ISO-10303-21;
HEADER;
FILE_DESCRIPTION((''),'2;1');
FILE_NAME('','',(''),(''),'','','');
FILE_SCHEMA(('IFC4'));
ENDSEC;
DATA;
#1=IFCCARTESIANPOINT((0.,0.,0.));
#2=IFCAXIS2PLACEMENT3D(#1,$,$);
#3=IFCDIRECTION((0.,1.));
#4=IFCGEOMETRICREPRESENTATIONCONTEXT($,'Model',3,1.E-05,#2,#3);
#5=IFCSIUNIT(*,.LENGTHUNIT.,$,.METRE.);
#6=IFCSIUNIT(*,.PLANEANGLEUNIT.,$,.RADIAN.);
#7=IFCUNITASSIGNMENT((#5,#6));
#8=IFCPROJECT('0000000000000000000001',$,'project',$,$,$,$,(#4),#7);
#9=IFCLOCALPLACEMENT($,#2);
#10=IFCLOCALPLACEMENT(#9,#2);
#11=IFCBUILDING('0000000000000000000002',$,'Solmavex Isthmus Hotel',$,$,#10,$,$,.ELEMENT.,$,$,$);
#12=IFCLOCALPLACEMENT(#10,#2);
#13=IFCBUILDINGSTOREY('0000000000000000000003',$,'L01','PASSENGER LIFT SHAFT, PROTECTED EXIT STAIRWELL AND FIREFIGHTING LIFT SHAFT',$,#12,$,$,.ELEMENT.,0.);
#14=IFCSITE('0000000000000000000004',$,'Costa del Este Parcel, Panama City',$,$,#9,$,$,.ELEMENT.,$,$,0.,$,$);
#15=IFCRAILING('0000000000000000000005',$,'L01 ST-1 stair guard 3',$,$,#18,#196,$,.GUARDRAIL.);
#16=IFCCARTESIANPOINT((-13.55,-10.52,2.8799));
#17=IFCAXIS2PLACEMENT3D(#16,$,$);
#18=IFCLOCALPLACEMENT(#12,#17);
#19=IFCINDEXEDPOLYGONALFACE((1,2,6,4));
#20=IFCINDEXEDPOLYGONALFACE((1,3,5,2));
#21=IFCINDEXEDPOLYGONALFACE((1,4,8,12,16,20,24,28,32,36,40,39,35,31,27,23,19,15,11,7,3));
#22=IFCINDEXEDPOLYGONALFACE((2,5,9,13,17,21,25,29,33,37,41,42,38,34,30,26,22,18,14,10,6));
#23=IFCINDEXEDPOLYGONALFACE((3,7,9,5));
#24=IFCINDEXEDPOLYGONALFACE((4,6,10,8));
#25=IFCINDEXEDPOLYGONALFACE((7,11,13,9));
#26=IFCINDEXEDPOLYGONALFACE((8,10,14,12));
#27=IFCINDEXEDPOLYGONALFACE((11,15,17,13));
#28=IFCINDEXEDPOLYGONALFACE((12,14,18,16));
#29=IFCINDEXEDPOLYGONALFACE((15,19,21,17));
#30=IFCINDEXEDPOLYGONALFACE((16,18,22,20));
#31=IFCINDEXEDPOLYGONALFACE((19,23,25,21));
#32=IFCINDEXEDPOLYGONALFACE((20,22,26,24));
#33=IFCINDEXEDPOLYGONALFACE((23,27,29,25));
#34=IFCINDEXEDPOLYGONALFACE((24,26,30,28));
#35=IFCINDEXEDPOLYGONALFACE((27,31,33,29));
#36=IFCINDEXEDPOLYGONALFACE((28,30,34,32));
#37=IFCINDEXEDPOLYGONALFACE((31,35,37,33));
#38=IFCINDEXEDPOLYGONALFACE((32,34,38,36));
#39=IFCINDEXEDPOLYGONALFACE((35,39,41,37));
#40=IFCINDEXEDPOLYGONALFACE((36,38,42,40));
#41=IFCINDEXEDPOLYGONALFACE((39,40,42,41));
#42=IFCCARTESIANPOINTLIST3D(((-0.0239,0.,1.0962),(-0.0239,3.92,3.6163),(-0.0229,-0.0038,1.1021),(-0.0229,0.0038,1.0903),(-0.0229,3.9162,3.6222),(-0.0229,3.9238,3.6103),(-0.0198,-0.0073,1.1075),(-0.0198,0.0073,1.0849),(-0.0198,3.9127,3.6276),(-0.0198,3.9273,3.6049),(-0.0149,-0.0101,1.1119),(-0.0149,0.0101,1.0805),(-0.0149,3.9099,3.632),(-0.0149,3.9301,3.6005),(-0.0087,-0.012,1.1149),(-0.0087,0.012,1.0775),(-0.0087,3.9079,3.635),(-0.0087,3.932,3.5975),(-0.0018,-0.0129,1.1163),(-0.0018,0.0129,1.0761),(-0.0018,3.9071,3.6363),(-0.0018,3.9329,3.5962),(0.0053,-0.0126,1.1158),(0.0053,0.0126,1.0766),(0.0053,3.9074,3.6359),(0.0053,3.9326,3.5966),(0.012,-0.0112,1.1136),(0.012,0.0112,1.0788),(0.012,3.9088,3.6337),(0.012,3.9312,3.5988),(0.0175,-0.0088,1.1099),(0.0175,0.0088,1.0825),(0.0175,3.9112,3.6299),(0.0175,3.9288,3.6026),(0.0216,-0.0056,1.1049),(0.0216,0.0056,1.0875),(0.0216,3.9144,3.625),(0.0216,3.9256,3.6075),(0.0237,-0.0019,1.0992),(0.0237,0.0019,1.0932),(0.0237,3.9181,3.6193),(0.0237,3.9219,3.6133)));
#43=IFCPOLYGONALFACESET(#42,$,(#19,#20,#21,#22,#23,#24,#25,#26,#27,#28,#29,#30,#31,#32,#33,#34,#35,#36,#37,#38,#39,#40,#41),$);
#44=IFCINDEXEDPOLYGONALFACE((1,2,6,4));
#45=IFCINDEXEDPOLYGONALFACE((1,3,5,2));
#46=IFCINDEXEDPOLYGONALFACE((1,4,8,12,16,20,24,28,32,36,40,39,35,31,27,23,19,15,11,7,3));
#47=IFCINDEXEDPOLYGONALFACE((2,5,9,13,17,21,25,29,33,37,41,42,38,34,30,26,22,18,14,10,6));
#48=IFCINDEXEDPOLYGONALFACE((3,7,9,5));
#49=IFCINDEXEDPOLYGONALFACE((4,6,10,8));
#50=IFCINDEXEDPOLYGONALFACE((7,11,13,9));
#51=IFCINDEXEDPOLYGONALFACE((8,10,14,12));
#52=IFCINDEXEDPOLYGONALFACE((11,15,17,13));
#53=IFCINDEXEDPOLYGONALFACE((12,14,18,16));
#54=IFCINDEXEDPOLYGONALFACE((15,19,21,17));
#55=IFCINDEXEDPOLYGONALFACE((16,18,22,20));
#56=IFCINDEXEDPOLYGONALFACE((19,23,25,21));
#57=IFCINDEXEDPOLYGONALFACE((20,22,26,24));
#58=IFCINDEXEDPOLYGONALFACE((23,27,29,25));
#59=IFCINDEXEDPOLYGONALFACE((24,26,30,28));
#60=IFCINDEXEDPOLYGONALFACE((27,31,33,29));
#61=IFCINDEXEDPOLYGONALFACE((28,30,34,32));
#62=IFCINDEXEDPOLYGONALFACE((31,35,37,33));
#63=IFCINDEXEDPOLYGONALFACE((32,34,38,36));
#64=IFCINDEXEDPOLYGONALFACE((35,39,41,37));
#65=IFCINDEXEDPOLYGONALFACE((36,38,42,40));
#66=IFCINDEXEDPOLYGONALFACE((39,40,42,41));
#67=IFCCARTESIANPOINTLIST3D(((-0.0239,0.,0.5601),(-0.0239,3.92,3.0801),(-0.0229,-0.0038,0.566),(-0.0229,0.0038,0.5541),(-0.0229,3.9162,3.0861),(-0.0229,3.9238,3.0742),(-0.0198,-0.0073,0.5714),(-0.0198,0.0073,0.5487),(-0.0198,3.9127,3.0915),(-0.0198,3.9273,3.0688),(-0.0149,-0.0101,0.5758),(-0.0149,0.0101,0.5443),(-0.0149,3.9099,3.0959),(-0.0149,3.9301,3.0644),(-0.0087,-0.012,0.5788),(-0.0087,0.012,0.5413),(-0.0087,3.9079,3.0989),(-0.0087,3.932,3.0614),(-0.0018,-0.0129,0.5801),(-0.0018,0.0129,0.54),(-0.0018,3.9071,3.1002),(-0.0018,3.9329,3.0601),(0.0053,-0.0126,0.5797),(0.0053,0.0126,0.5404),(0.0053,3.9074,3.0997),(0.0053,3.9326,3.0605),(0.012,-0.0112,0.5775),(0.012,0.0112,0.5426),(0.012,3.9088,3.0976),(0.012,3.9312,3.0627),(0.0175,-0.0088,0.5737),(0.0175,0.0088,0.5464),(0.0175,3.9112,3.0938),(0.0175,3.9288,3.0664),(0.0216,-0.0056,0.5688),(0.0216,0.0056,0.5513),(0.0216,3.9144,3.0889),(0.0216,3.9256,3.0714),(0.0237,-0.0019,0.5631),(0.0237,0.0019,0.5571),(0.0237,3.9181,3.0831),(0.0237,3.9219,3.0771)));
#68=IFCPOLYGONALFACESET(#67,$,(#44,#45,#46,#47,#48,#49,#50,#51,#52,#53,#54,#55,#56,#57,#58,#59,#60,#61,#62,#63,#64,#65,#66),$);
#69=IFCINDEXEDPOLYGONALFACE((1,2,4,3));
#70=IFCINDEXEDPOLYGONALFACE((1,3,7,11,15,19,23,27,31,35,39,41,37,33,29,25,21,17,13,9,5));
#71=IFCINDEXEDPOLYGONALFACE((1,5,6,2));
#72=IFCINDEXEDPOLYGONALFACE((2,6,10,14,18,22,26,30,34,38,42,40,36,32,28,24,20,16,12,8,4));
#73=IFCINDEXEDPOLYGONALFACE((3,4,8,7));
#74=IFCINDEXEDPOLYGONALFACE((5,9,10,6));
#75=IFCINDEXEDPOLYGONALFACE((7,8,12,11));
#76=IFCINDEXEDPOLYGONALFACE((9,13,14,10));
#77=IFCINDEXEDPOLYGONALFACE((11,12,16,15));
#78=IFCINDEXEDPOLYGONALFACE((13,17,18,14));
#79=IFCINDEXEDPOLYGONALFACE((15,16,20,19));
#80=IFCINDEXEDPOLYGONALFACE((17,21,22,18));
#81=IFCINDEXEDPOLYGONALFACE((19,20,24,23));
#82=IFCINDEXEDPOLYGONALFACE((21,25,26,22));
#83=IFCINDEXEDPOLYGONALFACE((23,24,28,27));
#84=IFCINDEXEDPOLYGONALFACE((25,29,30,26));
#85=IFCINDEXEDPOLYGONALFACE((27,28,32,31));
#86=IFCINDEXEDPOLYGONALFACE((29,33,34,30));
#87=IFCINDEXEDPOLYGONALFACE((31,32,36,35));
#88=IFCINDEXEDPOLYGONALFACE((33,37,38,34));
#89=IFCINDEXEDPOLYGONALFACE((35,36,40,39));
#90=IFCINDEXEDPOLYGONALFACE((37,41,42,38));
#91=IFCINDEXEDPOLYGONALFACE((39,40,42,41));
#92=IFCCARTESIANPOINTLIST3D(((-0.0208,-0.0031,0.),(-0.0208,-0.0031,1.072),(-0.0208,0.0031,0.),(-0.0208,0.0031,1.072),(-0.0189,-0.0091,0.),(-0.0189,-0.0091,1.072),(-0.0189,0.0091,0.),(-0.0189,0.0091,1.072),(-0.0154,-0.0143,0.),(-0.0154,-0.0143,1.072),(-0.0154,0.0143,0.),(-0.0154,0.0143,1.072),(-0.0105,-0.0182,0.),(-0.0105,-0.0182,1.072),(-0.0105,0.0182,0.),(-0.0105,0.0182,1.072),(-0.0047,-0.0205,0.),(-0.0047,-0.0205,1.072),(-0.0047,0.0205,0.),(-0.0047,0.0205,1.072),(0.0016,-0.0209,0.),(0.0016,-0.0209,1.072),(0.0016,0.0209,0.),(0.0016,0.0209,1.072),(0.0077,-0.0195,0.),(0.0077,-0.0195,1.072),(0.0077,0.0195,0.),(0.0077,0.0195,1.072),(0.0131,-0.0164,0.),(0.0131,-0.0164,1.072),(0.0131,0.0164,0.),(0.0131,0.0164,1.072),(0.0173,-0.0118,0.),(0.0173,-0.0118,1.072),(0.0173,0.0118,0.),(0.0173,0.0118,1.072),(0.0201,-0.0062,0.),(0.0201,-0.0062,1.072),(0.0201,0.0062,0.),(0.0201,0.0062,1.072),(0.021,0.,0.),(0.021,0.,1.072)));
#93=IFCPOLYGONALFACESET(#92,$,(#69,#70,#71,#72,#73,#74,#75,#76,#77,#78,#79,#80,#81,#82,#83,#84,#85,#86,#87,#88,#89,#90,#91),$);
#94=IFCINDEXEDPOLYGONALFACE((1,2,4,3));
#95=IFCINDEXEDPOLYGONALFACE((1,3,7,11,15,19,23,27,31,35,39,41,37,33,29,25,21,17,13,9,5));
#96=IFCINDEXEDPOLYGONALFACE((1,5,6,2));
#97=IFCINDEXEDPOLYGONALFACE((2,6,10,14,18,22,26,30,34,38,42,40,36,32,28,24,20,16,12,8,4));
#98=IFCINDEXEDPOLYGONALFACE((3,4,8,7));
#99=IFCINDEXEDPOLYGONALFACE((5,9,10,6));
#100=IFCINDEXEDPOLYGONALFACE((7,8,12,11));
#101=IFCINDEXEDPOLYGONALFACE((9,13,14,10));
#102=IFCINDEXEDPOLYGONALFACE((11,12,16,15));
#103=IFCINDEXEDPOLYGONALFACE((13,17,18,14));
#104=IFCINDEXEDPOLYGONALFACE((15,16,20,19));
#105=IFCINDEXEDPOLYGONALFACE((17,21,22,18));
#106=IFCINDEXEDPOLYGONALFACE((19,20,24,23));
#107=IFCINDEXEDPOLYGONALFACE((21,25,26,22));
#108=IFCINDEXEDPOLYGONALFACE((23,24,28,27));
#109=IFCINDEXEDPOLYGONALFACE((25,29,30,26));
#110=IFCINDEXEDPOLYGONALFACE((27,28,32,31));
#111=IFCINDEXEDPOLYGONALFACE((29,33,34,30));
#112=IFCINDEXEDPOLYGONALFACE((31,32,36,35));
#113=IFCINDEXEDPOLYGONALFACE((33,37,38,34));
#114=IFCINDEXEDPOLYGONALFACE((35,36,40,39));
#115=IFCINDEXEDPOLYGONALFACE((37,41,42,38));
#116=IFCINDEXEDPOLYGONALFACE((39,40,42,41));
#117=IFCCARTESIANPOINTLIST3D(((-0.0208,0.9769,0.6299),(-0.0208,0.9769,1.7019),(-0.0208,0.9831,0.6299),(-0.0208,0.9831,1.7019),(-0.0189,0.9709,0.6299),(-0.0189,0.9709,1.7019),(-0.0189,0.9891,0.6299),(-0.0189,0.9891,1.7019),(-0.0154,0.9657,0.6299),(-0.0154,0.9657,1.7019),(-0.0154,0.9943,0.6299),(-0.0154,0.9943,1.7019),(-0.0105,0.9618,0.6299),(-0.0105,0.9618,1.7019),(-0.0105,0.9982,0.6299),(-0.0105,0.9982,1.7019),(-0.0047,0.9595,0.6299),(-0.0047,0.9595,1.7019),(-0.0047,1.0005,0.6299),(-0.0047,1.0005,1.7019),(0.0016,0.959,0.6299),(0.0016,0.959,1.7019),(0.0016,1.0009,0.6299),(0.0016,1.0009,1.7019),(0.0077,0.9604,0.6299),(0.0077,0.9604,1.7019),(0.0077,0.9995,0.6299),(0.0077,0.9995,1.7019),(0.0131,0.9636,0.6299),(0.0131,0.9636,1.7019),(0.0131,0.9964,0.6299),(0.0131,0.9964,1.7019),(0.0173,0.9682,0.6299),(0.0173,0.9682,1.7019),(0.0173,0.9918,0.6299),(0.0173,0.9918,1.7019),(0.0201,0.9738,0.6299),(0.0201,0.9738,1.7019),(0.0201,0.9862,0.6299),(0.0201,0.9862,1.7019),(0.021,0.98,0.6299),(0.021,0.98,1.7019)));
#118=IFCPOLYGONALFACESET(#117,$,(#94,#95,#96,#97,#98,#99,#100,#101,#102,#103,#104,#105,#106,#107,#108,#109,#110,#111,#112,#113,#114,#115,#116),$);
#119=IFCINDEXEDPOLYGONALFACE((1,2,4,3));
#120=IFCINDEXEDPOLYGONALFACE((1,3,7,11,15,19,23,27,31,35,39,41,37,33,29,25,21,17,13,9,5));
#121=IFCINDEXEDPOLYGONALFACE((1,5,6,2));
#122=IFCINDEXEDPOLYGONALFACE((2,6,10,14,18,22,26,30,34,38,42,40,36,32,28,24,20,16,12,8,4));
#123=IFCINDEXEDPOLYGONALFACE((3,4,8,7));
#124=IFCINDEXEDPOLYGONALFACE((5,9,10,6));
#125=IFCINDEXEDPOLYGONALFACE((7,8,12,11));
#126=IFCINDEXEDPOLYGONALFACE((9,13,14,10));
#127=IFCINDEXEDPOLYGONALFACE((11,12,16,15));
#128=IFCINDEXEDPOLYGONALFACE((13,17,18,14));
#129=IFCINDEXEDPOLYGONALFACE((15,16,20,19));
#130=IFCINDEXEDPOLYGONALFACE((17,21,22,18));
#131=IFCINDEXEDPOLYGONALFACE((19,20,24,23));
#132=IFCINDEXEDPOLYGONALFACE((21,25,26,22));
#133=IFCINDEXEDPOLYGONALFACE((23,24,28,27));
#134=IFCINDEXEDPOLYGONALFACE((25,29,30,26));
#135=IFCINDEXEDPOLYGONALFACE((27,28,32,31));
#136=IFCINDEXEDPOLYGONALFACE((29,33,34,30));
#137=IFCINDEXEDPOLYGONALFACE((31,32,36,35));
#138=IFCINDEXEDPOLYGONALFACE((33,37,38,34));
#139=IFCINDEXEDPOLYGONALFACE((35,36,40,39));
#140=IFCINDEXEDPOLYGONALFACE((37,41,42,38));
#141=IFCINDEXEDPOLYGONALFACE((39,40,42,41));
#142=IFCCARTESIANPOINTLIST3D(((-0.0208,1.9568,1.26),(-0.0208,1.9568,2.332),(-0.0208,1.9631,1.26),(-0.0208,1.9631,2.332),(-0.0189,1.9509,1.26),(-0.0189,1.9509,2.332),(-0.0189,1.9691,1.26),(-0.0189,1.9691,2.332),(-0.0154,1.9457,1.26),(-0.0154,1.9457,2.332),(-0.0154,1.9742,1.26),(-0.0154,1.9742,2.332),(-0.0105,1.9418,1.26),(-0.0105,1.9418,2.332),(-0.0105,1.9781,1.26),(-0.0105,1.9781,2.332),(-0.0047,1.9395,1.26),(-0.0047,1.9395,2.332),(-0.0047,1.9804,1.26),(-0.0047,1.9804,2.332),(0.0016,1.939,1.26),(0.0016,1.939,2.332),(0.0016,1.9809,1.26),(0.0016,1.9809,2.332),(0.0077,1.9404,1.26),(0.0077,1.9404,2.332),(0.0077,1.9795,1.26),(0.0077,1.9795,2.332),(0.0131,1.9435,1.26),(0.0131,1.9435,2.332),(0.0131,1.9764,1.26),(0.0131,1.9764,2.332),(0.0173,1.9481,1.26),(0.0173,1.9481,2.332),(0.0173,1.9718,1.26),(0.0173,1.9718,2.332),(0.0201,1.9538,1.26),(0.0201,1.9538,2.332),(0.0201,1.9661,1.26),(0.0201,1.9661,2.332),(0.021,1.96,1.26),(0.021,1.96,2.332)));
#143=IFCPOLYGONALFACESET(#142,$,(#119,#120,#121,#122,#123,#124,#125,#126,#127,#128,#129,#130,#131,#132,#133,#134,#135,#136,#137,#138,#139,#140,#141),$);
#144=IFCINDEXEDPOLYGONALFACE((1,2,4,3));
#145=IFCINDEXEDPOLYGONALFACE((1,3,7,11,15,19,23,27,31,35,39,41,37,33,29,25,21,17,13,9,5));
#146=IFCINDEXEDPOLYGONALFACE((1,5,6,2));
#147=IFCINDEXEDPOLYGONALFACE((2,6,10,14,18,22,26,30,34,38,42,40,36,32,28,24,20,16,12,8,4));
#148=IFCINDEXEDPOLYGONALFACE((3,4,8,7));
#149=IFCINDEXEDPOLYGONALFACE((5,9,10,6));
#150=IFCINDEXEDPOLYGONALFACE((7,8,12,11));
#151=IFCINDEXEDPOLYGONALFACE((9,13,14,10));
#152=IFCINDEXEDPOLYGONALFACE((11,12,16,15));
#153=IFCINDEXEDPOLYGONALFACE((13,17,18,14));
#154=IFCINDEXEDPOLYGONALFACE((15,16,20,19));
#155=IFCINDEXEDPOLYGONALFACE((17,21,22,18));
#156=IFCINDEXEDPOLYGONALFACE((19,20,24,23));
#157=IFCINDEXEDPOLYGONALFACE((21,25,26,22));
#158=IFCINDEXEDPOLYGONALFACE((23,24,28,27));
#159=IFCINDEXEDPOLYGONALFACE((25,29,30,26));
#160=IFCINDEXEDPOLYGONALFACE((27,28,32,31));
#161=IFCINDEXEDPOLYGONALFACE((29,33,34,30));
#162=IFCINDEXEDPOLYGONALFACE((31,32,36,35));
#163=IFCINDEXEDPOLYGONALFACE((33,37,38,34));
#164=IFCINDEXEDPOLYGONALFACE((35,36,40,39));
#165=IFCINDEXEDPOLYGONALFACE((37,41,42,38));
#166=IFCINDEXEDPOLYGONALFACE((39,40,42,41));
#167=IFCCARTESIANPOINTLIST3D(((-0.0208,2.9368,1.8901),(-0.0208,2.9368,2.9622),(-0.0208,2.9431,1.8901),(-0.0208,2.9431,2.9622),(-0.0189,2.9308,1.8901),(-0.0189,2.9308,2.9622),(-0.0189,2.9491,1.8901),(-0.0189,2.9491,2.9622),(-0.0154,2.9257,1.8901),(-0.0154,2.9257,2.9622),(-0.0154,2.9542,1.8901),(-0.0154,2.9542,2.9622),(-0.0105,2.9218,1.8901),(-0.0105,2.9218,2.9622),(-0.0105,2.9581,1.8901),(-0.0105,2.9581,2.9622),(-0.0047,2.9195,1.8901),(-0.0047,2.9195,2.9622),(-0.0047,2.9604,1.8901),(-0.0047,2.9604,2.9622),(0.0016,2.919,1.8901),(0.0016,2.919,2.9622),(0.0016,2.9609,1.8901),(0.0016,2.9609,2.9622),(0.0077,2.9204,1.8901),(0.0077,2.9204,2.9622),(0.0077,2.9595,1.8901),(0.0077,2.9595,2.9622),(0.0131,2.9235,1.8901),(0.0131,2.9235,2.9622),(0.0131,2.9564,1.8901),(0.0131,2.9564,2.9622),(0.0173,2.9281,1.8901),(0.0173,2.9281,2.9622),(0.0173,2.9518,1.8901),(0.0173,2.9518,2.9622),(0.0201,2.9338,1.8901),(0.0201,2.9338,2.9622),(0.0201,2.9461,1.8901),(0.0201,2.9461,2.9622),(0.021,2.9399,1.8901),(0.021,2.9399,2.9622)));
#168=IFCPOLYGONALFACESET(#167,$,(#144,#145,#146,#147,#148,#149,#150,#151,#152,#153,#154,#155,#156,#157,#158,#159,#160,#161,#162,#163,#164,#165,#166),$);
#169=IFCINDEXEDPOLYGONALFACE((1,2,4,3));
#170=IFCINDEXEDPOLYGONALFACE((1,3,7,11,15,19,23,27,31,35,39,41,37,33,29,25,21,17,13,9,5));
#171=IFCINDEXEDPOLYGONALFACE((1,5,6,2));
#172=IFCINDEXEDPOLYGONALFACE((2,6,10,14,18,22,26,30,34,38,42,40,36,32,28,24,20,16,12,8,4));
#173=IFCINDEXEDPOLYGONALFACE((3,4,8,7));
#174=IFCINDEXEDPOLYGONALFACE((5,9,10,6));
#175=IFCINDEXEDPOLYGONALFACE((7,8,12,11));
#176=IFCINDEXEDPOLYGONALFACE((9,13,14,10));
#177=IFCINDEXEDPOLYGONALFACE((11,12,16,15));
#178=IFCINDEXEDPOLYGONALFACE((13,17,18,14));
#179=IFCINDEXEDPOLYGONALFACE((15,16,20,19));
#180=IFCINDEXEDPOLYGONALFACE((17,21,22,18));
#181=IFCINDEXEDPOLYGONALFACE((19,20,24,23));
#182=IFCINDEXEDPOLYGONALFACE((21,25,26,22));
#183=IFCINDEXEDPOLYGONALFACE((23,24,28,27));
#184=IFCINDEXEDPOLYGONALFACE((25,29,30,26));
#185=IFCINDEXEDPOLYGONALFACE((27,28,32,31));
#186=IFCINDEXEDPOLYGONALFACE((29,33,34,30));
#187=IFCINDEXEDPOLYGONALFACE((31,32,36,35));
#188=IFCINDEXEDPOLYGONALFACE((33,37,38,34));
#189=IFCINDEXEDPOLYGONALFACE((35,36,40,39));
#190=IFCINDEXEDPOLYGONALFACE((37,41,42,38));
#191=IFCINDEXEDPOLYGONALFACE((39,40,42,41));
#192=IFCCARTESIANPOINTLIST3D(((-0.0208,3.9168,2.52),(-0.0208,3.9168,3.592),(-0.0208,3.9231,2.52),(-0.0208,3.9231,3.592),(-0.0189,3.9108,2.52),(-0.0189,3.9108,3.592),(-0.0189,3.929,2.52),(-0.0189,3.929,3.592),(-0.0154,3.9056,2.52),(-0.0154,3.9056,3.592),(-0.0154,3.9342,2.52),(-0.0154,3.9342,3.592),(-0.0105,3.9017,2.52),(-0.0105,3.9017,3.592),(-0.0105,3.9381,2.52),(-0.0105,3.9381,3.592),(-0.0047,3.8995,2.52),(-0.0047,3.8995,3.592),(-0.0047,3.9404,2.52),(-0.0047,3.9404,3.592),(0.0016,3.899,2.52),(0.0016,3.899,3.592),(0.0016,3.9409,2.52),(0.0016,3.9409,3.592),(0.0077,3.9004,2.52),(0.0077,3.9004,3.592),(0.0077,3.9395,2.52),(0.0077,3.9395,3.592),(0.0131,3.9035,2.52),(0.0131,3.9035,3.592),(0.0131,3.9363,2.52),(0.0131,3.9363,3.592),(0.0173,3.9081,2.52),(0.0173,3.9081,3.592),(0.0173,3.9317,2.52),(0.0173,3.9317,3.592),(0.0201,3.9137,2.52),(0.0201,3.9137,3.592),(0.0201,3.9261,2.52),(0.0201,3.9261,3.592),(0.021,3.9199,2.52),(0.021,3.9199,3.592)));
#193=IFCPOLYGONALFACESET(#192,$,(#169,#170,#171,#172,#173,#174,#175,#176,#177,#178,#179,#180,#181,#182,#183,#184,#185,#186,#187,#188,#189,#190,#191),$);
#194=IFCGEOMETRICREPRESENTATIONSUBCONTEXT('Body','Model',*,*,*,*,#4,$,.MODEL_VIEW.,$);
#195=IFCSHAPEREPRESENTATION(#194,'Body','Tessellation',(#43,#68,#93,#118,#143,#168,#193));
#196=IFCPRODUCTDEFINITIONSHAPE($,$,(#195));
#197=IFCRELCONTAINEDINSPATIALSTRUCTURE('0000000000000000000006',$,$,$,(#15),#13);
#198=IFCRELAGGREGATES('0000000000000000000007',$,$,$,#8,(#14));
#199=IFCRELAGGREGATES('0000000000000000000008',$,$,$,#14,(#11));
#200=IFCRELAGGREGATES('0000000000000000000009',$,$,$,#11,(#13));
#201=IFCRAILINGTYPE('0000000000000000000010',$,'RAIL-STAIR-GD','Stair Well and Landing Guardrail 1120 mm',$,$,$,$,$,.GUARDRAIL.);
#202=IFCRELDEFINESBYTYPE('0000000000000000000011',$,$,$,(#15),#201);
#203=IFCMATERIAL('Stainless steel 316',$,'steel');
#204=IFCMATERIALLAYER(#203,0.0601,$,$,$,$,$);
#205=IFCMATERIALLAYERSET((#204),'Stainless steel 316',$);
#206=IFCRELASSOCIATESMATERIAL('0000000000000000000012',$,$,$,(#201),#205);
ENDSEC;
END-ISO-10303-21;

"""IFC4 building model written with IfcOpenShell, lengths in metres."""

from ifc_helpers import new_model, si_unit, direction, frame, origin, origin_2d, place, context, subcontext, project, spatial, circle, extrude, material, layer, layer_set, type_object, element, save


model = new_model("IFC4")

# Units and contexts
model_context = context("Model", 3, precision=1e-05, world=origin(), true_north=direction((0.0, 1.0)))
body_context = subcontext(model_context, "Body", "Model", "MODEL_VIEW")
ifc_project = project(units=[si_unit("LENGTHUNIT", "METRE"), si_unit("PLANEANGLEUNIT", "RADIAN")], contexts=[model_context])

# Site, building, storey
site_placement = place(None, origin())
site = spatial("IfcSite", under=ifc_project, at=site_placement, Name="Costa del Este Parcel, Panama City", CompositionType="ELEMENT", RefElevation=0.0)
building_placement = place(site_placement, origin())
building = spatial("IfcBuilding", under=site, at=building_placement, Name="Solmavex Isthmus Hotel", CompositionType="ELEMENT")
storey_placement = place(building_placement, origin())
storey = spatial("IfcBuildingStorey", under=building, at=storey_placement, Name="L01", Description="PASSENGER LIFT SHAFT, PROTECTED EXIT STAIRWELL AND FIREFIGHTING LIFT SHAFT", CompositionType="ELEMENT", Elevation=0.0)

# Shared definitions
ifc_material_1 = material(Name="Stainless steel 316", Category="steel")

# Railing
ifc_layer_1 = layer(ifc_material_1, 0.0601)
ifc_layer_set_1 = layer_set([ifc_layer_1], Name="Stainless steel 316")
railing_type_1 = type_object("IfcRailingType", Name="RAIL-STAIR-GD", Description="Stair Well and Landing Guardrail 1120 mm", PredefinedType="GUARDRAIL", material=ifc_layer_set_1)
railing_1_placement = place(storey_placement, frame((-13.55, -10.52, 2.8799)))
element("IfcRailing", 1, at=railing_1_placement, inside=storey, type_object=railing_type_1, Name="L01 ST-1 stair guard 3", PredefinedType="GUARDRAIL", context=body_context, shape_type="SweptSolid", body=[
    extrude(circle(Radius=0.0239, at=origin_2d()), frame((0.0, 0.0, 1.0962), z_axis=(0.0, 0.841172, 0.540768), x_axis=(-1.0, 0.0, 0.0)), (0.0, 0.0, 1.0), 4.6602),
    extrude(circle(Radius=0.0239, at=origin_2d()), frame((0.0, 0.0, 0.5601), z_axis=(0.0, 0.841172, 0.540768), x_axis=(-1.0, 0.0, 0.0)), (0.0, 0.0, 1.0), 4.6602),
    extrude(circle(Radius=0.021, at=origin_2d()), origin(), (0.0, 0.0, 1.0), 1.072),
    extrude(circle(Radius=0.021, at=origin_2d()), frame((0.0, 0.98, 0.6299)), (0.0, 0.0, 1.0), 1.072),
    extrude(circle(Radius=0.021, at=origin_2d()), frame((0.0, 1.96, 1.26)), (0.0, 0.0, 1.0), 1.072),
    extrude(circle(Radius=0.021, at=origin_2d()), frame((0.0, 2.9399, 1.8901)), (0.0, 0.0, 1.0), 1.072),
    extrude(circle(Radius=0.021, at=origin_2d()), frame((0.0, 3.9199, 2.52)), (0.0, 0.0, 1.0), 1.072),
])

save(model, "model.ifc")
